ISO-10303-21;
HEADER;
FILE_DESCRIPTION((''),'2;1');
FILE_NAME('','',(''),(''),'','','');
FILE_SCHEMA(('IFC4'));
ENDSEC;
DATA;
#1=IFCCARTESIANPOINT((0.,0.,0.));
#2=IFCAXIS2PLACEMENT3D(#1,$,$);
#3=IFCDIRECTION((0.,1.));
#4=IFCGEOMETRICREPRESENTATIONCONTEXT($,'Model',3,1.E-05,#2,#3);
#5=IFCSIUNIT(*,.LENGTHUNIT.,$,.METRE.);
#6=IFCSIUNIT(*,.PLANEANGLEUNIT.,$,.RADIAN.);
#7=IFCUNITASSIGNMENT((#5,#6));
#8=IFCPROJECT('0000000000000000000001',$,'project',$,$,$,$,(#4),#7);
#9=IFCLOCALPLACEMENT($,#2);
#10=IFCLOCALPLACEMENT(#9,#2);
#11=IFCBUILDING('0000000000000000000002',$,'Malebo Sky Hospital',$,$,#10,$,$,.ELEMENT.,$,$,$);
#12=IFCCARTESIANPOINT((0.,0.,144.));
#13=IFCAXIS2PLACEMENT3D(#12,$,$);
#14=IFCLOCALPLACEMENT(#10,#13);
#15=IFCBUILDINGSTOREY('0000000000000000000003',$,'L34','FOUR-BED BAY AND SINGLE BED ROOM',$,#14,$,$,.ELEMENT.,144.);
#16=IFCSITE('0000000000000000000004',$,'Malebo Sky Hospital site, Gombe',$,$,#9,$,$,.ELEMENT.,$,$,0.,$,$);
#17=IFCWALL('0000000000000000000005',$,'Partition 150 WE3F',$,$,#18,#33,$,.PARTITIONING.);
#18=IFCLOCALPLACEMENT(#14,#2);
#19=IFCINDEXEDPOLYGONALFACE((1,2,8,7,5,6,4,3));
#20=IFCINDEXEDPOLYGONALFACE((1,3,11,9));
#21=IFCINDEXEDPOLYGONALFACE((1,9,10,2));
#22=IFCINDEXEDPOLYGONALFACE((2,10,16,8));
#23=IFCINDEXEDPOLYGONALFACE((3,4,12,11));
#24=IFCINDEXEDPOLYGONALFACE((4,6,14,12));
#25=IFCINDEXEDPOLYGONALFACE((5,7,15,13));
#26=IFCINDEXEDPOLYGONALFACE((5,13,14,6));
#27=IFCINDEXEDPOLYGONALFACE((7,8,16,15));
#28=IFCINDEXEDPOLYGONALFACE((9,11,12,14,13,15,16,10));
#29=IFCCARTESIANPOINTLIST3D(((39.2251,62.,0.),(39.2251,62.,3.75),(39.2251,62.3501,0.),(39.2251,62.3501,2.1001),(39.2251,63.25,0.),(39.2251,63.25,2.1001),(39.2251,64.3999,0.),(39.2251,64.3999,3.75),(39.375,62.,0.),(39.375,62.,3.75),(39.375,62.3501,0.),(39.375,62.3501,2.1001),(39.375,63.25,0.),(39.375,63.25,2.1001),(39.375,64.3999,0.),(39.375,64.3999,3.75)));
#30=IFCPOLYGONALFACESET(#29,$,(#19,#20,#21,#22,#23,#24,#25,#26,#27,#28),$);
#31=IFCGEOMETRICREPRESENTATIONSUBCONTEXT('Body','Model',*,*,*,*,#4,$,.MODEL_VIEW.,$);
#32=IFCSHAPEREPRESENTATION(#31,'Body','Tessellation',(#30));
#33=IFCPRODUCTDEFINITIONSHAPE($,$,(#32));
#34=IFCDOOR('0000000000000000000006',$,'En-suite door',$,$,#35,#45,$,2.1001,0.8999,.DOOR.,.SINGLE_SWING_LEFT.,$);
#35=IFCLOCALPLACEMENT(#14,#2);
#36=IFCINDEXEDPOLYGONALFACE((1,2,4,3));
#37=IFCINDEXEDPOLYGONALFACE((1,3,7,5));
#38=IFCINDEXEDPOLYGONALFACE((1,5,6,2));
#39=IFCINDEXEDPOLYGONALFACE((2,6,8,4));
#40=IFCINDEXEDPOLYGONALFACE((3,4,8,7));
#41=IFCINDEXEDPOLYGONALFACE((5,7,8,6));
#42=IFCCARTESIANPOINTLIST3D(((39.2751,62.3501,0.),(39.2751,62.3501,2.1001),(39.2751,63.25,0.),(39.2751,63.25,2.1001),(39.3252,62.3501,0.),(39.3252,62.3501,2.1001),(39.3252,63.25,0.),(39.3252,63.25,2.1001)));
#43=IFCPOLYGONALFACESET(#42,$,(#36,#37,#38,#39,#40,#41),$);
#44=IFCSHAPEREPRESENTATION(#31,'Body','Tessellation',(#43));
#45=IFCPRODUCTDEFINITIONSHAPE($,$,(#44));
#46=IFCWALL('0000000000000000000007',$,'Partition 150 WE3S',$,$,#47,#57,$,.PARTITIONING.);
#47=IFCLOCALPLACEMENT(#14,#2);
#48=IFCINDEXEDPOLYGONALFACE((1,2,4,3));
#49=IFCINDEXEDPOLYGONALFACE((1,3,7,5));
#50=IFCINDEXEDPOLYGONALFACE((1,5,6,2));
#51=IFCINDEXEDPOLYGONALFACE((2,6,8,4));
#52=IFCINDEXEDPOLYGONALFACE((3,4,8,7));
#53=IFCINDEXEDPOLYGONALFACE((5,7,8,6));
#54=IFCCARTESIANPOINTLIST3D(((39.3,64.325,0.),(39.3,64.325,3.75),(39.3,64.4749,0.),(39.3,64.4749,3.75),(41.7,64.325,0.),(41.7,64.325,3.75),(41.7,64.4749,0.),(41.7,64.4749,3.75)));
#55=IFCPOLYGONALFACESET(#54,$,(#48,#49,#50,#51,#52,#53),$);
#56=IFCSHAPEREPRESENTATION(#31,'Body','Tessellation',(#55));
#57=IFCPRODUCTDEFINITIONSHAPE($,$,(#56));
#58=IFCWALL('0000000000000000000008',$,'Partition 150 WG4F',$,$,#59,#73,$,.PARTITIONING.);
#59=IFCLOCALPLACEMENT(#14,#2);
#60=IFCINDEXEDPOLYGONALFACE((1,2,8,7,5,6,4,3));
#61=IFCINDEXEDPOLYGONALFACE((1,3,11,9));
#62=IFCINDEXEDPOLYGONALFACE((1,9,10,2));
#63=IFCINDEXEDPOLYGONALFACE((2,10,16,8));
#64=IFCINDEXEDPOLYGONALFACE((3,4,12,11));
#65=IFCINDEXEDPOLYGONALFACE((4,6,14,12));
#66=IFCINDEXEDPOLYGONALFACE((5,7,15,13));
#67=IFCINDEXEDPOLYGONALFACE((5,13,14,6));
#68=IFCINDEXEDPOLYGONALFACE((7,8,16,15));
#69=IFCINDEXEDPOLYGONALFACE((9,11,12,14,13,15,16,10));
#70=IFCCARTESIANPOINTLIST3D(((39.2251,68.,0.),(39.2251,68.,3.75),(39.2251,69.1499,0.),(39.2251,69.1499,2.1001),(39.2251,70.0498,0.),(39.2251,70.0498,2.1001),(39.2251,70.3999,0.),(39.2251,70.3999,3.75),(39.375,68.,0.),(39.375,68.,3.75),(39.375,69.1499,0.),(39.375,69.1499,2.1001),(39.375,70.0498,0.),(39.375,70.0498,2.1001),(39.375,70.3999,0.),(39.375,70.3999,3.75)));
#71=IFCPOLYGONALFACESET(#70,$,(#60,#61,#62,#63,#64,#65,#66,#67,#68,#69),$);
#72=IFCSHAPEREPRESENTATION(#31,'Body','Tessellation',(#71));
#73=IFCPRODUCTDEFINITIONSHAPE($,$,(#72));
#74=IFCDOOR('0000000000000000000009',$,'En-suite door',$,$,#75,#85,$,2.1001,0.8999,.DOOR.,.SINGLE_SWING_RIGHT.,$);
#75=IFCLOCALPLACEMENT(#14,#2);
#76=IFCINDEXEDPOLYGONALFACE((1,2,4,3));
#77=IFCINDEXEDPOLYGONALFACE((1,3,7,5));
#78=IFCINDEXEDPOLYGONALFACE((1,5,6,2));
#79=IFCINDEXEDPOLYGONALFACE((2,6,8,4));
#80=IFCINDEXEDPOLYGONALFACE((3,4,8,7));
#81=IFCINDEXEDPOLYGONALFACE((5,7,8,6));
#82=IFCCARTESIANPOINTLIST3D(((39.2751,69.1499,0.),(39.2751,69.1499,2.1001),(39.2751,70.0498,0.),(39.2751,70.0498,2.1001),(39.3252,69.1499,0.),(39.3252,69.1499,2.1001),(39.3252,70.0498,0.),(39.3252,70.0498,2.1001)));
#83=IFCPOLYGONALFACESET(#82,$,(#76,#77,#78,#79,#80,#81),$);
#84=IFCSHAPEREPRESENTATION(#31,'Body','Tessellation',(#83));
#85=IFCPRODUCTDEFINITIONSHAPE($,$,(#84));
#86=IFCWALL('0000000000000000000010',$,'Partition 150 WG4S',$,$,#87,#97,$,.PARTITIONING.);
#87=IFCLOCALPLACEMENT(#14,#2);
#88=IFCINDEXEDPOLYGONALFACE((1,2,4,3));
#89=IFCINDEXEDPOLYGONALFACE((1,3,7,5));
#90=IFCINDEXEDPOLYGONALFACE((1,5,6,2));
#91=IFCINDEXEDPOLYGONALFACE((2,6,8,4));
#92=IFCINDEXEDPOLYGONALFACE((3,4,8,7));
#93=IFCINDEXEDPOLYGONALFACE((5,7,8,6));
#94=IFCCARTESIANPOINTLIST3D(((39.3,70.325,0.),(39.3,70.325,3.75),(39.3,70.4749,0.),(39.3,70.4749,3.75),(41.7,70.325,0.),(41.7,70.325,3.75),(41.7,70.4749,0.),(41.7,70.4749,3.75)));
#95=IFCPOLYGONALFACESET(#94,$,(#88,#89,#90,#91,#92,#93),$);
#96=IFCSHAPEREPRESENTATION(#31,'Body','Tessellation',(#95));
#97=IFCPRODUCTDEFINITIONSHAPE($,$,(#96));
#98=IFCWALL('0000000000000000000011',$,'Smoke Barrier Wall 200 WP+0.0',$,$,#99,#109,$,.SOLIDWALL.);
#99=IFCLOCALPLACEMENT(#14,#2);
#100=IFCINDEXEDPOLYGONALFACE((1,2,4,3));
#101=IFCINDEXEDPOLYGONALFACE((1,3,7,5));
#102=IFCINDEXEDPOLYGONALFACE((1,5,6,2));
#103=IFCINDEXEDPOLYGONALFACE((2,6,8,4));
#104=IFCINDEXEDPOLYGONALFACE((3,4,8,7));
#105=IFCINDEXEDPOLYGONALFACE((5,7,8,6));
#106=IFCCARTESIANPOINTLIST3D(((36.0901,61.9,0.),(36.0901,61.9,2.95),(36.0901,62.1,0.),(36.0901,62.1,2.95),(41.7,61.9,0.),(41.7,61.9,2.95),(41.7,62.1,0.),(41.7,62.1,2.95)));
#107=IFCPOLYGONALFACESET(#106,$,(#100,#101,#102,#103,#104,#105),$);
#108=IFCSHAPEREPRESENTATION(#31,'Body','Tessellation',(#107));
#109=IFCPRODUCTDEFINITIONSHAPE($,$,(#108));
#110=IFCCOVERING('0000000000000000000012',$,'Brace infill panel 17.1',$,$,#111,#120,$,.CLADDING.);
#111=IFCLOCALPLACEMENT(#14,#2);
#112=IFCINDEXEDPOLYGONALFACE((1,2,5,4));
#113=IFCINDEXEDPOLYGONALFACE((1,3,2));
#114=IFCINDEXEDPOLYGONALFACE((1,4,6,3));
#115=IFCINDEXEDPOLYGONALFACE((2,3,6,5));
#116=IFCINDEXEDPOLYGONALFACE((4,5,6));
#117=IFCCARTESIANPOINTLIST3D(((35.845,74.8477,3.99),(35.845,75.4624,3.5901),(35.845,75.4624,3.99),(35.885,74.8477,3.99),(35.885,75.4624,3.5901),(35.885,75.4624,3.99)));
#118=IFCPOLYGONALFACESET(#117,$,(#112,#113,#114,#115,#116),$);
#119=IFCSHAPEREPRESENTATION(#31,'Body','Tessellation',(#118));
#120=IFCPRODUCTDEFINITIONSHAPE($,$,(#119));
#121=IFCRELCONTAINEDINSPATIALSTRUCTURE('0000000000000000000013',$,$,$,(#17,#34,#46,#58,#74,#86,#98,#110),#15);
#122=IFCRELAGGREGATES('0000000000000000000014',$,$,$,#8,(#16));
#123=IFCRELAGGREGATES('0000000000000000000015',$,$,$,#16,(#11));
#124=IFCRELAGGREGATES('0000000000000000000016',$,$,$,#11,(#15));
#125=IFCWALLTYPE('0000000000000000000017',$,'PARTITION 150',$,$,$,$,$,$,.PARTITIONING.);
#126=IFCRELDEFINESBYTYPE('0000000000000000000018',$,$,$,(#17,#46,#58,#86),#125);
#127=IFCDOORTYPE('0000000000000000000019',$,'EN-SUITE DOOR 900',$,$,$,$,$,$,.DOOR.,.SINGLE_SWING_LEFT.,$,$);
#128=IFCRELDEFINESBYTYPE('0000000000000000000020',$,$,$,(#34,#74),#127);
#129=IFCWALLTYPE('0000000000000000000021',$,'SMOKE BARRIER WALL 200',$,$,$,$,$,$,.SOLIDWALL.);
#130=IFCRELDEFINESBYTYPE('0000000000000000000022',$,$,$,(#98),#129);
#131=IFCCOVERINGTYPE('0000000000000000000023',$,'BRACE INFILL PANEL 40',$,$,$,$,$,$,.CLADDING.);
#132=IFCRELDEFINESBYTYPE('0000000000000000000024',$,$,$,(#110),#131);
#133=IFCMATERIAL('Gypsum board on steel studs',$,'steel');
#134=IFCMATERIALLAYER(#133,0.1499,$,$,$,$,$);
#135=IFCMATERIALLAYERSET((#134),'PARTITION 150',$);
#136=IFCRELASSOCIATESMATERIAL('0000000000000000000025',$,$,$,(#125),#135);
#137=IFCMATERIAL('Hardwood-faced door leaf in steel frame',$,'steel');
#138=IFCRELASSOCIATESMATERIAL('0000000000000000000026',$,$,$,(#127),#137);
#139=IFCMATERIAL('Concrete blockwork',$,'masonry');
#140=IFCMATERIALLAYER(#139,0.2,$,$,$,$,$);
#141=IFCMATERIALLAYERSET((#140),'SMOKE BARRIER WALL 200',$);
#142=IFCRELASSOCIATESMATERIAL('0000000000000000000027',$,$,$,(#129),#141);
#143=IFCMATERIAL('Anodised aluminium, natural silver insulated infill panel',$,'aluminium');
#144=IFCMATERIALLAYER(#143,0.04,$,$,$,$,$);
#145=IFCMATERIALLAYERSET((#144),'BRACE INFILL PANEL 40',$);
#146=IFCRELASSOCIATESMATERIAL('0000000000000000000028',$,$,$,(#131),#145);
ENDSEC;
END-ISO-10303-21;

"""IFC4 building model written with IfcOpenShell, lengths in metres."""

from ifc_helpers import new_model, si_unit, direction, frame, frame_2d, origin, place, context, subcontext, project, spatial, polyline, rectangle, outline, extrude, material, layer, layer_set, type_object, element, fill, save


model = new_model("IFC4")

# Units and contexts
model_context = context("Model", 3, precision=1e-05, world=origin(), true_north=direction((0.0, 1.0)))
body_context = subcontext(model_context, "Body", "Model", "MODEL_VIEW")
ifc_project = project(units=[si_unit("LENGTHUNIT", "METRE"), si_unit("PLANEANGLEUNIT", "RADIAN")], contexts=[model_context])

# Site, building, storey
site_placement = place(None, origin())
site = spatial("IfcSite", under=ifc_project, at=site_placement, Name="Malebo Sky Hospital site, Gombe", CompositionType="ELEMENT", RefElevation=0.0)
building_placement = place(site_placement, origin())
building = spatial("IfcBuilding", under=site, at=building_placement, Name="Malebo Sky Hospital", CompositionType="ELEMENT")
storey_placement = place(building_placement, frame((0.0, 0.0, 144.0)))
storey = spatial("IfcBuildingStorey", under=building, at=storey_placement, Name="L34", Description="FOUR-BED BAY AND SINGLE BED ROOM", CompositionType="ELEMENT", Elevation=144.0)

# Shared definitions
ifc_material_1 = material(Name="Gypsum board on steel studs", Category="steel")
ifc_layer_1 = layer(ifc_material_1, 0.1499)
ifc_layer_set_1 = layer_set([ifc_layer_1], Name="PARTITION 150")
wall_type_1 = type_object("IfcWallType", Name="PARTITION 150", PredefinedType="PARTITIONING", material=ifc_layer_set_1)

# Wall, opening, door
wall_1_placement = place(storey_placement, frame((39.3, 62.0, 0.0), z_axis=(0.0, 0.0, 1.0), x_axis=(0.0, 1.0, 0.0)))
wall_1 = element("IfcWall", 1, at=wall_1_placement, inside=storey, type_object=wall_type_1, Name="Partition 150 WE3F", PredefinedType="PARTITIONING", context=body_context, shape_type="SweptSolid", body=[
    extrude(rectangle(XDim=2.3999, YDim=0.1499, at=frame_2d((1.2, 0.0))), origin(), (0.0, 0.0, 1.0), 3.75),
])
opening_1_placement = place(wall_1_placement, frame((0.3501, 0.0, 0.0)))
opening_1 = element("IfcOpeningElement", 2, at=opening_1_placement, cuts=wall_1, PredefinedType="OPENING", context=body_context, shape_type="SweptSolid", body=[
    extrude(rectangle(XDim=0.8999, YDim=2.1001, at=frame_2d((0.45, 1.05))), frame((0.0, 0.085, 0.0), z_axis=(0.0, -1.0, 0.0), x_axis=(1.0, 0.0, 0.0)), (0.0, 0.0, 1.0), 0.1699),
])
ifc_material_2 = material(Name="Hardwood-faced door leaf in steel frame", Category="steel")
door_type = type_object("IfcDoorType", Name="EN-SUITE DOOR 900", OperationType="SINGLE_SWING_LEFT", PredefinedType="DOOR", material=ifc_material_2)
door_1_placement = place(opening_1_placement, origin())
door_1 = element("IfcDoor", 3, at=door_1_placement, inside=storey, type_object=door_type, Name="En-suite door", OperationType="SINGLE_SWING_LEFT", OverallHeight=2.1001, OverallWidth=0.8999, PredefinedType="DOOR", context=body_context, shape_type="SweptSolid", body=[
    extrude(rectangle(XDim=0.8999, YDim=2.1001, at=frame_2d((0.45, 1.05))), frame((0.0, 0.0249, 0.0), z_axis=(0.0, -1.0, 0.0), x_axis=(1.0, 0.0, 0.0)), (0.0, 0.0, 1.0), 0.05),
])
fill(opening_1, door_1)

# Wall
wall_2_placement = place(storey_placement, frame((41.7, 64.3999, 0.0), z_axis=(0.0, 0.0, 1.0), x_axis=(-1.0, 0.0, 0.0)))
element("IfcWall", 4, at=wall_2_placement, inside=storey, type_object=wall_type_1, Name="Partition 150 WE3S", PredefinedType="PARTITIONING", context=body_context, shape_type="SweptSolid", body=[
    extrude(rectangle(XDim=2.3999, YDim=0.1499, at=frame_2d((1.2, 0.0))), origin(), (0.0, 0.0, 1.0), 3.75),
])

# Wall, opening, door
wall_3_placement = place(storey_placement, frame((39.3, 68.0, 0.0), z_axis=(0.0, 0.0, 1.0), x_axis=(0.0, 1.0, 0.0)))
wall_3 = element("IfcWall", 5, at=wall_3_placement, inside=storey, type_object=wall_type_1, Name="Partition 150 WG4F", PredefinedType="PARTITIONING", context=body_context, shape_type="SweptSolid", body=[
    extrude(rectangle(XDim=2.3999, YDim=0.1499, at=frame_2d((1.2, 0.0))), origin(), (0.0, 0.0, 1.0), 3.75),
])
opening_2_placement = place(wall_3_placement, frame((1.1499, 0.0, 0.0)))
opening_2 = element("IfcOpeningElement", 6, at=opening_2_placement, cuts=wall_3, PredefinedType="OPENING", context=body_context, shape_type="SweptSolid", body=[
    extrude(rectangle(XDim=0.8999, YDim=2.1001, at=frame_2d((0.45, 1.05))), frame((0.0, 0.085, 0.0), z_axis=(0.0, -1.0, 0.0), x_axis=(1.0, 0.0, 0.0)), (0.0, 0.0, 1.0), 0.1699),
])
door_2_placement = place(opening_2_placement, origin())
door_2 = element("IfcDoor", 7, at=door_2_placement, inside=storey, type_object=door_type, Name="En-suite door", OperationType="SINGLE_SWING_RIGHT", OverallHeight=2.1001, OverallWidth=0.8999, PredefinedType="DOOR", context=body_context, shape_type="SweptSolid", body=[
    extrude(rectangle(XDim=0.8999, YDim=2.1001, at=frame_2d((0.45, 1.05))), frame((0.0, 0.0249, 0.0), z_axis=(0.0, -1.0, 0.0), x_axis=(1.0, 0.0, 0.0)), (0.0, 0.0, 1.0), 0.05),
])
fill(opening_2, door_2)

# Walls
wall_4_placement = place(storey_placement, frame((41.7, 70.3999, 0.0), z_axis=(0.0, 0.0, 1.0), x_axis=(-1.0, 0.0, 0.0)))
element("IfcWall", 8, at=wall_4_placement, inside=storey, type_object=wall_type_1, Name="Partition 150 WG4S", PredefinedType="PARTITIONING", context=body_context, shape_type="SweptSolid", body=[
    extrude(rectangle(XDim=2.3999, YDim=0.1499, at=frame_2d((1.2, 0.0))), origin(), (0.0, 0.0, 1.0), 3.75),
])
ifc_material_3 = material(Name="Concrete blockwork", Category="masonry")
ifc_layer_2 = layer(ifc_material_3, 0.2)
ifc_layer_set_2 = layer_set([ifc_layer_2], Name="SMOKE BARRIER WALL 200")
wall_type_2 = type_object("IfcWallType", Name="SMOKE BARRIER WALL 200", PredefinedType="SOLIDWALL", material=ifc_layer_set_2)
wall_5_placement = place(storey_placement, frame((41.7, 62.0, 0.0), z_axis=(0.0, 0.0, 1.0), x_axis=(-1.0, 0.0, 0.0)))
element("IfcWall", 9, at=wall_5_placement, inside=storey, type_object=wall_type_2, Name="Smoke Barrier Wall 200 WP+0.0", PredefinedType="SOLIDWALL", context=body_context, shape_type="SweptSolid", body=[
    extrude(rectangle(XDim=5.6099, YDim=0.2, at=frame_2d((2.8049, 0.0))), origin(), (0.0, 0.0, 1.0), 2.95),
])

# Covering
ifc_material_4 = material(Name="Anodised aluminium, natural silver insulated infill panel", Category="aluminium")
ifc_layer_3 = layer(ifc_material_4, 0.04)
ifc_layer_set_3 = layer_set([ifc_layer_3], Name="BRACE INFILL PANEL 40")
covering_type = type_object("IfcCoveringType", Name="BRACE INFILL PANEL 40", PredefinedType="CLADDING", material=ifc_layer_set_3)
covering_placement = place(storey_placement, frame((35.865, 75.155, 3.5901), z_axis=(0.0, 0.0, 1.0), x_axis=(0.0, 1.0, 0.0)))
element("IfcCovering", 10, at=covering_placement, inside=storey, type_object=covering_type, Name="Brace infill panel 17.1", PredefinedType="CLADDING", context=body_context, shape_type="SweptSolid", body=[
    extrude(outline(polyline([(0.3074, 0.0), (0.3074, 0.3999), (-0.3074, 0.3999), (0.3074, 0.0)])), frame((0.0, 0.02, 0.0), z_axis=(0.0, -1.0, 0.0), x_axis=(1.0, 0.0, 0.0)), (0.0, 0.0, 1.0), 0.04),
])

save(model, "model.ifc")
